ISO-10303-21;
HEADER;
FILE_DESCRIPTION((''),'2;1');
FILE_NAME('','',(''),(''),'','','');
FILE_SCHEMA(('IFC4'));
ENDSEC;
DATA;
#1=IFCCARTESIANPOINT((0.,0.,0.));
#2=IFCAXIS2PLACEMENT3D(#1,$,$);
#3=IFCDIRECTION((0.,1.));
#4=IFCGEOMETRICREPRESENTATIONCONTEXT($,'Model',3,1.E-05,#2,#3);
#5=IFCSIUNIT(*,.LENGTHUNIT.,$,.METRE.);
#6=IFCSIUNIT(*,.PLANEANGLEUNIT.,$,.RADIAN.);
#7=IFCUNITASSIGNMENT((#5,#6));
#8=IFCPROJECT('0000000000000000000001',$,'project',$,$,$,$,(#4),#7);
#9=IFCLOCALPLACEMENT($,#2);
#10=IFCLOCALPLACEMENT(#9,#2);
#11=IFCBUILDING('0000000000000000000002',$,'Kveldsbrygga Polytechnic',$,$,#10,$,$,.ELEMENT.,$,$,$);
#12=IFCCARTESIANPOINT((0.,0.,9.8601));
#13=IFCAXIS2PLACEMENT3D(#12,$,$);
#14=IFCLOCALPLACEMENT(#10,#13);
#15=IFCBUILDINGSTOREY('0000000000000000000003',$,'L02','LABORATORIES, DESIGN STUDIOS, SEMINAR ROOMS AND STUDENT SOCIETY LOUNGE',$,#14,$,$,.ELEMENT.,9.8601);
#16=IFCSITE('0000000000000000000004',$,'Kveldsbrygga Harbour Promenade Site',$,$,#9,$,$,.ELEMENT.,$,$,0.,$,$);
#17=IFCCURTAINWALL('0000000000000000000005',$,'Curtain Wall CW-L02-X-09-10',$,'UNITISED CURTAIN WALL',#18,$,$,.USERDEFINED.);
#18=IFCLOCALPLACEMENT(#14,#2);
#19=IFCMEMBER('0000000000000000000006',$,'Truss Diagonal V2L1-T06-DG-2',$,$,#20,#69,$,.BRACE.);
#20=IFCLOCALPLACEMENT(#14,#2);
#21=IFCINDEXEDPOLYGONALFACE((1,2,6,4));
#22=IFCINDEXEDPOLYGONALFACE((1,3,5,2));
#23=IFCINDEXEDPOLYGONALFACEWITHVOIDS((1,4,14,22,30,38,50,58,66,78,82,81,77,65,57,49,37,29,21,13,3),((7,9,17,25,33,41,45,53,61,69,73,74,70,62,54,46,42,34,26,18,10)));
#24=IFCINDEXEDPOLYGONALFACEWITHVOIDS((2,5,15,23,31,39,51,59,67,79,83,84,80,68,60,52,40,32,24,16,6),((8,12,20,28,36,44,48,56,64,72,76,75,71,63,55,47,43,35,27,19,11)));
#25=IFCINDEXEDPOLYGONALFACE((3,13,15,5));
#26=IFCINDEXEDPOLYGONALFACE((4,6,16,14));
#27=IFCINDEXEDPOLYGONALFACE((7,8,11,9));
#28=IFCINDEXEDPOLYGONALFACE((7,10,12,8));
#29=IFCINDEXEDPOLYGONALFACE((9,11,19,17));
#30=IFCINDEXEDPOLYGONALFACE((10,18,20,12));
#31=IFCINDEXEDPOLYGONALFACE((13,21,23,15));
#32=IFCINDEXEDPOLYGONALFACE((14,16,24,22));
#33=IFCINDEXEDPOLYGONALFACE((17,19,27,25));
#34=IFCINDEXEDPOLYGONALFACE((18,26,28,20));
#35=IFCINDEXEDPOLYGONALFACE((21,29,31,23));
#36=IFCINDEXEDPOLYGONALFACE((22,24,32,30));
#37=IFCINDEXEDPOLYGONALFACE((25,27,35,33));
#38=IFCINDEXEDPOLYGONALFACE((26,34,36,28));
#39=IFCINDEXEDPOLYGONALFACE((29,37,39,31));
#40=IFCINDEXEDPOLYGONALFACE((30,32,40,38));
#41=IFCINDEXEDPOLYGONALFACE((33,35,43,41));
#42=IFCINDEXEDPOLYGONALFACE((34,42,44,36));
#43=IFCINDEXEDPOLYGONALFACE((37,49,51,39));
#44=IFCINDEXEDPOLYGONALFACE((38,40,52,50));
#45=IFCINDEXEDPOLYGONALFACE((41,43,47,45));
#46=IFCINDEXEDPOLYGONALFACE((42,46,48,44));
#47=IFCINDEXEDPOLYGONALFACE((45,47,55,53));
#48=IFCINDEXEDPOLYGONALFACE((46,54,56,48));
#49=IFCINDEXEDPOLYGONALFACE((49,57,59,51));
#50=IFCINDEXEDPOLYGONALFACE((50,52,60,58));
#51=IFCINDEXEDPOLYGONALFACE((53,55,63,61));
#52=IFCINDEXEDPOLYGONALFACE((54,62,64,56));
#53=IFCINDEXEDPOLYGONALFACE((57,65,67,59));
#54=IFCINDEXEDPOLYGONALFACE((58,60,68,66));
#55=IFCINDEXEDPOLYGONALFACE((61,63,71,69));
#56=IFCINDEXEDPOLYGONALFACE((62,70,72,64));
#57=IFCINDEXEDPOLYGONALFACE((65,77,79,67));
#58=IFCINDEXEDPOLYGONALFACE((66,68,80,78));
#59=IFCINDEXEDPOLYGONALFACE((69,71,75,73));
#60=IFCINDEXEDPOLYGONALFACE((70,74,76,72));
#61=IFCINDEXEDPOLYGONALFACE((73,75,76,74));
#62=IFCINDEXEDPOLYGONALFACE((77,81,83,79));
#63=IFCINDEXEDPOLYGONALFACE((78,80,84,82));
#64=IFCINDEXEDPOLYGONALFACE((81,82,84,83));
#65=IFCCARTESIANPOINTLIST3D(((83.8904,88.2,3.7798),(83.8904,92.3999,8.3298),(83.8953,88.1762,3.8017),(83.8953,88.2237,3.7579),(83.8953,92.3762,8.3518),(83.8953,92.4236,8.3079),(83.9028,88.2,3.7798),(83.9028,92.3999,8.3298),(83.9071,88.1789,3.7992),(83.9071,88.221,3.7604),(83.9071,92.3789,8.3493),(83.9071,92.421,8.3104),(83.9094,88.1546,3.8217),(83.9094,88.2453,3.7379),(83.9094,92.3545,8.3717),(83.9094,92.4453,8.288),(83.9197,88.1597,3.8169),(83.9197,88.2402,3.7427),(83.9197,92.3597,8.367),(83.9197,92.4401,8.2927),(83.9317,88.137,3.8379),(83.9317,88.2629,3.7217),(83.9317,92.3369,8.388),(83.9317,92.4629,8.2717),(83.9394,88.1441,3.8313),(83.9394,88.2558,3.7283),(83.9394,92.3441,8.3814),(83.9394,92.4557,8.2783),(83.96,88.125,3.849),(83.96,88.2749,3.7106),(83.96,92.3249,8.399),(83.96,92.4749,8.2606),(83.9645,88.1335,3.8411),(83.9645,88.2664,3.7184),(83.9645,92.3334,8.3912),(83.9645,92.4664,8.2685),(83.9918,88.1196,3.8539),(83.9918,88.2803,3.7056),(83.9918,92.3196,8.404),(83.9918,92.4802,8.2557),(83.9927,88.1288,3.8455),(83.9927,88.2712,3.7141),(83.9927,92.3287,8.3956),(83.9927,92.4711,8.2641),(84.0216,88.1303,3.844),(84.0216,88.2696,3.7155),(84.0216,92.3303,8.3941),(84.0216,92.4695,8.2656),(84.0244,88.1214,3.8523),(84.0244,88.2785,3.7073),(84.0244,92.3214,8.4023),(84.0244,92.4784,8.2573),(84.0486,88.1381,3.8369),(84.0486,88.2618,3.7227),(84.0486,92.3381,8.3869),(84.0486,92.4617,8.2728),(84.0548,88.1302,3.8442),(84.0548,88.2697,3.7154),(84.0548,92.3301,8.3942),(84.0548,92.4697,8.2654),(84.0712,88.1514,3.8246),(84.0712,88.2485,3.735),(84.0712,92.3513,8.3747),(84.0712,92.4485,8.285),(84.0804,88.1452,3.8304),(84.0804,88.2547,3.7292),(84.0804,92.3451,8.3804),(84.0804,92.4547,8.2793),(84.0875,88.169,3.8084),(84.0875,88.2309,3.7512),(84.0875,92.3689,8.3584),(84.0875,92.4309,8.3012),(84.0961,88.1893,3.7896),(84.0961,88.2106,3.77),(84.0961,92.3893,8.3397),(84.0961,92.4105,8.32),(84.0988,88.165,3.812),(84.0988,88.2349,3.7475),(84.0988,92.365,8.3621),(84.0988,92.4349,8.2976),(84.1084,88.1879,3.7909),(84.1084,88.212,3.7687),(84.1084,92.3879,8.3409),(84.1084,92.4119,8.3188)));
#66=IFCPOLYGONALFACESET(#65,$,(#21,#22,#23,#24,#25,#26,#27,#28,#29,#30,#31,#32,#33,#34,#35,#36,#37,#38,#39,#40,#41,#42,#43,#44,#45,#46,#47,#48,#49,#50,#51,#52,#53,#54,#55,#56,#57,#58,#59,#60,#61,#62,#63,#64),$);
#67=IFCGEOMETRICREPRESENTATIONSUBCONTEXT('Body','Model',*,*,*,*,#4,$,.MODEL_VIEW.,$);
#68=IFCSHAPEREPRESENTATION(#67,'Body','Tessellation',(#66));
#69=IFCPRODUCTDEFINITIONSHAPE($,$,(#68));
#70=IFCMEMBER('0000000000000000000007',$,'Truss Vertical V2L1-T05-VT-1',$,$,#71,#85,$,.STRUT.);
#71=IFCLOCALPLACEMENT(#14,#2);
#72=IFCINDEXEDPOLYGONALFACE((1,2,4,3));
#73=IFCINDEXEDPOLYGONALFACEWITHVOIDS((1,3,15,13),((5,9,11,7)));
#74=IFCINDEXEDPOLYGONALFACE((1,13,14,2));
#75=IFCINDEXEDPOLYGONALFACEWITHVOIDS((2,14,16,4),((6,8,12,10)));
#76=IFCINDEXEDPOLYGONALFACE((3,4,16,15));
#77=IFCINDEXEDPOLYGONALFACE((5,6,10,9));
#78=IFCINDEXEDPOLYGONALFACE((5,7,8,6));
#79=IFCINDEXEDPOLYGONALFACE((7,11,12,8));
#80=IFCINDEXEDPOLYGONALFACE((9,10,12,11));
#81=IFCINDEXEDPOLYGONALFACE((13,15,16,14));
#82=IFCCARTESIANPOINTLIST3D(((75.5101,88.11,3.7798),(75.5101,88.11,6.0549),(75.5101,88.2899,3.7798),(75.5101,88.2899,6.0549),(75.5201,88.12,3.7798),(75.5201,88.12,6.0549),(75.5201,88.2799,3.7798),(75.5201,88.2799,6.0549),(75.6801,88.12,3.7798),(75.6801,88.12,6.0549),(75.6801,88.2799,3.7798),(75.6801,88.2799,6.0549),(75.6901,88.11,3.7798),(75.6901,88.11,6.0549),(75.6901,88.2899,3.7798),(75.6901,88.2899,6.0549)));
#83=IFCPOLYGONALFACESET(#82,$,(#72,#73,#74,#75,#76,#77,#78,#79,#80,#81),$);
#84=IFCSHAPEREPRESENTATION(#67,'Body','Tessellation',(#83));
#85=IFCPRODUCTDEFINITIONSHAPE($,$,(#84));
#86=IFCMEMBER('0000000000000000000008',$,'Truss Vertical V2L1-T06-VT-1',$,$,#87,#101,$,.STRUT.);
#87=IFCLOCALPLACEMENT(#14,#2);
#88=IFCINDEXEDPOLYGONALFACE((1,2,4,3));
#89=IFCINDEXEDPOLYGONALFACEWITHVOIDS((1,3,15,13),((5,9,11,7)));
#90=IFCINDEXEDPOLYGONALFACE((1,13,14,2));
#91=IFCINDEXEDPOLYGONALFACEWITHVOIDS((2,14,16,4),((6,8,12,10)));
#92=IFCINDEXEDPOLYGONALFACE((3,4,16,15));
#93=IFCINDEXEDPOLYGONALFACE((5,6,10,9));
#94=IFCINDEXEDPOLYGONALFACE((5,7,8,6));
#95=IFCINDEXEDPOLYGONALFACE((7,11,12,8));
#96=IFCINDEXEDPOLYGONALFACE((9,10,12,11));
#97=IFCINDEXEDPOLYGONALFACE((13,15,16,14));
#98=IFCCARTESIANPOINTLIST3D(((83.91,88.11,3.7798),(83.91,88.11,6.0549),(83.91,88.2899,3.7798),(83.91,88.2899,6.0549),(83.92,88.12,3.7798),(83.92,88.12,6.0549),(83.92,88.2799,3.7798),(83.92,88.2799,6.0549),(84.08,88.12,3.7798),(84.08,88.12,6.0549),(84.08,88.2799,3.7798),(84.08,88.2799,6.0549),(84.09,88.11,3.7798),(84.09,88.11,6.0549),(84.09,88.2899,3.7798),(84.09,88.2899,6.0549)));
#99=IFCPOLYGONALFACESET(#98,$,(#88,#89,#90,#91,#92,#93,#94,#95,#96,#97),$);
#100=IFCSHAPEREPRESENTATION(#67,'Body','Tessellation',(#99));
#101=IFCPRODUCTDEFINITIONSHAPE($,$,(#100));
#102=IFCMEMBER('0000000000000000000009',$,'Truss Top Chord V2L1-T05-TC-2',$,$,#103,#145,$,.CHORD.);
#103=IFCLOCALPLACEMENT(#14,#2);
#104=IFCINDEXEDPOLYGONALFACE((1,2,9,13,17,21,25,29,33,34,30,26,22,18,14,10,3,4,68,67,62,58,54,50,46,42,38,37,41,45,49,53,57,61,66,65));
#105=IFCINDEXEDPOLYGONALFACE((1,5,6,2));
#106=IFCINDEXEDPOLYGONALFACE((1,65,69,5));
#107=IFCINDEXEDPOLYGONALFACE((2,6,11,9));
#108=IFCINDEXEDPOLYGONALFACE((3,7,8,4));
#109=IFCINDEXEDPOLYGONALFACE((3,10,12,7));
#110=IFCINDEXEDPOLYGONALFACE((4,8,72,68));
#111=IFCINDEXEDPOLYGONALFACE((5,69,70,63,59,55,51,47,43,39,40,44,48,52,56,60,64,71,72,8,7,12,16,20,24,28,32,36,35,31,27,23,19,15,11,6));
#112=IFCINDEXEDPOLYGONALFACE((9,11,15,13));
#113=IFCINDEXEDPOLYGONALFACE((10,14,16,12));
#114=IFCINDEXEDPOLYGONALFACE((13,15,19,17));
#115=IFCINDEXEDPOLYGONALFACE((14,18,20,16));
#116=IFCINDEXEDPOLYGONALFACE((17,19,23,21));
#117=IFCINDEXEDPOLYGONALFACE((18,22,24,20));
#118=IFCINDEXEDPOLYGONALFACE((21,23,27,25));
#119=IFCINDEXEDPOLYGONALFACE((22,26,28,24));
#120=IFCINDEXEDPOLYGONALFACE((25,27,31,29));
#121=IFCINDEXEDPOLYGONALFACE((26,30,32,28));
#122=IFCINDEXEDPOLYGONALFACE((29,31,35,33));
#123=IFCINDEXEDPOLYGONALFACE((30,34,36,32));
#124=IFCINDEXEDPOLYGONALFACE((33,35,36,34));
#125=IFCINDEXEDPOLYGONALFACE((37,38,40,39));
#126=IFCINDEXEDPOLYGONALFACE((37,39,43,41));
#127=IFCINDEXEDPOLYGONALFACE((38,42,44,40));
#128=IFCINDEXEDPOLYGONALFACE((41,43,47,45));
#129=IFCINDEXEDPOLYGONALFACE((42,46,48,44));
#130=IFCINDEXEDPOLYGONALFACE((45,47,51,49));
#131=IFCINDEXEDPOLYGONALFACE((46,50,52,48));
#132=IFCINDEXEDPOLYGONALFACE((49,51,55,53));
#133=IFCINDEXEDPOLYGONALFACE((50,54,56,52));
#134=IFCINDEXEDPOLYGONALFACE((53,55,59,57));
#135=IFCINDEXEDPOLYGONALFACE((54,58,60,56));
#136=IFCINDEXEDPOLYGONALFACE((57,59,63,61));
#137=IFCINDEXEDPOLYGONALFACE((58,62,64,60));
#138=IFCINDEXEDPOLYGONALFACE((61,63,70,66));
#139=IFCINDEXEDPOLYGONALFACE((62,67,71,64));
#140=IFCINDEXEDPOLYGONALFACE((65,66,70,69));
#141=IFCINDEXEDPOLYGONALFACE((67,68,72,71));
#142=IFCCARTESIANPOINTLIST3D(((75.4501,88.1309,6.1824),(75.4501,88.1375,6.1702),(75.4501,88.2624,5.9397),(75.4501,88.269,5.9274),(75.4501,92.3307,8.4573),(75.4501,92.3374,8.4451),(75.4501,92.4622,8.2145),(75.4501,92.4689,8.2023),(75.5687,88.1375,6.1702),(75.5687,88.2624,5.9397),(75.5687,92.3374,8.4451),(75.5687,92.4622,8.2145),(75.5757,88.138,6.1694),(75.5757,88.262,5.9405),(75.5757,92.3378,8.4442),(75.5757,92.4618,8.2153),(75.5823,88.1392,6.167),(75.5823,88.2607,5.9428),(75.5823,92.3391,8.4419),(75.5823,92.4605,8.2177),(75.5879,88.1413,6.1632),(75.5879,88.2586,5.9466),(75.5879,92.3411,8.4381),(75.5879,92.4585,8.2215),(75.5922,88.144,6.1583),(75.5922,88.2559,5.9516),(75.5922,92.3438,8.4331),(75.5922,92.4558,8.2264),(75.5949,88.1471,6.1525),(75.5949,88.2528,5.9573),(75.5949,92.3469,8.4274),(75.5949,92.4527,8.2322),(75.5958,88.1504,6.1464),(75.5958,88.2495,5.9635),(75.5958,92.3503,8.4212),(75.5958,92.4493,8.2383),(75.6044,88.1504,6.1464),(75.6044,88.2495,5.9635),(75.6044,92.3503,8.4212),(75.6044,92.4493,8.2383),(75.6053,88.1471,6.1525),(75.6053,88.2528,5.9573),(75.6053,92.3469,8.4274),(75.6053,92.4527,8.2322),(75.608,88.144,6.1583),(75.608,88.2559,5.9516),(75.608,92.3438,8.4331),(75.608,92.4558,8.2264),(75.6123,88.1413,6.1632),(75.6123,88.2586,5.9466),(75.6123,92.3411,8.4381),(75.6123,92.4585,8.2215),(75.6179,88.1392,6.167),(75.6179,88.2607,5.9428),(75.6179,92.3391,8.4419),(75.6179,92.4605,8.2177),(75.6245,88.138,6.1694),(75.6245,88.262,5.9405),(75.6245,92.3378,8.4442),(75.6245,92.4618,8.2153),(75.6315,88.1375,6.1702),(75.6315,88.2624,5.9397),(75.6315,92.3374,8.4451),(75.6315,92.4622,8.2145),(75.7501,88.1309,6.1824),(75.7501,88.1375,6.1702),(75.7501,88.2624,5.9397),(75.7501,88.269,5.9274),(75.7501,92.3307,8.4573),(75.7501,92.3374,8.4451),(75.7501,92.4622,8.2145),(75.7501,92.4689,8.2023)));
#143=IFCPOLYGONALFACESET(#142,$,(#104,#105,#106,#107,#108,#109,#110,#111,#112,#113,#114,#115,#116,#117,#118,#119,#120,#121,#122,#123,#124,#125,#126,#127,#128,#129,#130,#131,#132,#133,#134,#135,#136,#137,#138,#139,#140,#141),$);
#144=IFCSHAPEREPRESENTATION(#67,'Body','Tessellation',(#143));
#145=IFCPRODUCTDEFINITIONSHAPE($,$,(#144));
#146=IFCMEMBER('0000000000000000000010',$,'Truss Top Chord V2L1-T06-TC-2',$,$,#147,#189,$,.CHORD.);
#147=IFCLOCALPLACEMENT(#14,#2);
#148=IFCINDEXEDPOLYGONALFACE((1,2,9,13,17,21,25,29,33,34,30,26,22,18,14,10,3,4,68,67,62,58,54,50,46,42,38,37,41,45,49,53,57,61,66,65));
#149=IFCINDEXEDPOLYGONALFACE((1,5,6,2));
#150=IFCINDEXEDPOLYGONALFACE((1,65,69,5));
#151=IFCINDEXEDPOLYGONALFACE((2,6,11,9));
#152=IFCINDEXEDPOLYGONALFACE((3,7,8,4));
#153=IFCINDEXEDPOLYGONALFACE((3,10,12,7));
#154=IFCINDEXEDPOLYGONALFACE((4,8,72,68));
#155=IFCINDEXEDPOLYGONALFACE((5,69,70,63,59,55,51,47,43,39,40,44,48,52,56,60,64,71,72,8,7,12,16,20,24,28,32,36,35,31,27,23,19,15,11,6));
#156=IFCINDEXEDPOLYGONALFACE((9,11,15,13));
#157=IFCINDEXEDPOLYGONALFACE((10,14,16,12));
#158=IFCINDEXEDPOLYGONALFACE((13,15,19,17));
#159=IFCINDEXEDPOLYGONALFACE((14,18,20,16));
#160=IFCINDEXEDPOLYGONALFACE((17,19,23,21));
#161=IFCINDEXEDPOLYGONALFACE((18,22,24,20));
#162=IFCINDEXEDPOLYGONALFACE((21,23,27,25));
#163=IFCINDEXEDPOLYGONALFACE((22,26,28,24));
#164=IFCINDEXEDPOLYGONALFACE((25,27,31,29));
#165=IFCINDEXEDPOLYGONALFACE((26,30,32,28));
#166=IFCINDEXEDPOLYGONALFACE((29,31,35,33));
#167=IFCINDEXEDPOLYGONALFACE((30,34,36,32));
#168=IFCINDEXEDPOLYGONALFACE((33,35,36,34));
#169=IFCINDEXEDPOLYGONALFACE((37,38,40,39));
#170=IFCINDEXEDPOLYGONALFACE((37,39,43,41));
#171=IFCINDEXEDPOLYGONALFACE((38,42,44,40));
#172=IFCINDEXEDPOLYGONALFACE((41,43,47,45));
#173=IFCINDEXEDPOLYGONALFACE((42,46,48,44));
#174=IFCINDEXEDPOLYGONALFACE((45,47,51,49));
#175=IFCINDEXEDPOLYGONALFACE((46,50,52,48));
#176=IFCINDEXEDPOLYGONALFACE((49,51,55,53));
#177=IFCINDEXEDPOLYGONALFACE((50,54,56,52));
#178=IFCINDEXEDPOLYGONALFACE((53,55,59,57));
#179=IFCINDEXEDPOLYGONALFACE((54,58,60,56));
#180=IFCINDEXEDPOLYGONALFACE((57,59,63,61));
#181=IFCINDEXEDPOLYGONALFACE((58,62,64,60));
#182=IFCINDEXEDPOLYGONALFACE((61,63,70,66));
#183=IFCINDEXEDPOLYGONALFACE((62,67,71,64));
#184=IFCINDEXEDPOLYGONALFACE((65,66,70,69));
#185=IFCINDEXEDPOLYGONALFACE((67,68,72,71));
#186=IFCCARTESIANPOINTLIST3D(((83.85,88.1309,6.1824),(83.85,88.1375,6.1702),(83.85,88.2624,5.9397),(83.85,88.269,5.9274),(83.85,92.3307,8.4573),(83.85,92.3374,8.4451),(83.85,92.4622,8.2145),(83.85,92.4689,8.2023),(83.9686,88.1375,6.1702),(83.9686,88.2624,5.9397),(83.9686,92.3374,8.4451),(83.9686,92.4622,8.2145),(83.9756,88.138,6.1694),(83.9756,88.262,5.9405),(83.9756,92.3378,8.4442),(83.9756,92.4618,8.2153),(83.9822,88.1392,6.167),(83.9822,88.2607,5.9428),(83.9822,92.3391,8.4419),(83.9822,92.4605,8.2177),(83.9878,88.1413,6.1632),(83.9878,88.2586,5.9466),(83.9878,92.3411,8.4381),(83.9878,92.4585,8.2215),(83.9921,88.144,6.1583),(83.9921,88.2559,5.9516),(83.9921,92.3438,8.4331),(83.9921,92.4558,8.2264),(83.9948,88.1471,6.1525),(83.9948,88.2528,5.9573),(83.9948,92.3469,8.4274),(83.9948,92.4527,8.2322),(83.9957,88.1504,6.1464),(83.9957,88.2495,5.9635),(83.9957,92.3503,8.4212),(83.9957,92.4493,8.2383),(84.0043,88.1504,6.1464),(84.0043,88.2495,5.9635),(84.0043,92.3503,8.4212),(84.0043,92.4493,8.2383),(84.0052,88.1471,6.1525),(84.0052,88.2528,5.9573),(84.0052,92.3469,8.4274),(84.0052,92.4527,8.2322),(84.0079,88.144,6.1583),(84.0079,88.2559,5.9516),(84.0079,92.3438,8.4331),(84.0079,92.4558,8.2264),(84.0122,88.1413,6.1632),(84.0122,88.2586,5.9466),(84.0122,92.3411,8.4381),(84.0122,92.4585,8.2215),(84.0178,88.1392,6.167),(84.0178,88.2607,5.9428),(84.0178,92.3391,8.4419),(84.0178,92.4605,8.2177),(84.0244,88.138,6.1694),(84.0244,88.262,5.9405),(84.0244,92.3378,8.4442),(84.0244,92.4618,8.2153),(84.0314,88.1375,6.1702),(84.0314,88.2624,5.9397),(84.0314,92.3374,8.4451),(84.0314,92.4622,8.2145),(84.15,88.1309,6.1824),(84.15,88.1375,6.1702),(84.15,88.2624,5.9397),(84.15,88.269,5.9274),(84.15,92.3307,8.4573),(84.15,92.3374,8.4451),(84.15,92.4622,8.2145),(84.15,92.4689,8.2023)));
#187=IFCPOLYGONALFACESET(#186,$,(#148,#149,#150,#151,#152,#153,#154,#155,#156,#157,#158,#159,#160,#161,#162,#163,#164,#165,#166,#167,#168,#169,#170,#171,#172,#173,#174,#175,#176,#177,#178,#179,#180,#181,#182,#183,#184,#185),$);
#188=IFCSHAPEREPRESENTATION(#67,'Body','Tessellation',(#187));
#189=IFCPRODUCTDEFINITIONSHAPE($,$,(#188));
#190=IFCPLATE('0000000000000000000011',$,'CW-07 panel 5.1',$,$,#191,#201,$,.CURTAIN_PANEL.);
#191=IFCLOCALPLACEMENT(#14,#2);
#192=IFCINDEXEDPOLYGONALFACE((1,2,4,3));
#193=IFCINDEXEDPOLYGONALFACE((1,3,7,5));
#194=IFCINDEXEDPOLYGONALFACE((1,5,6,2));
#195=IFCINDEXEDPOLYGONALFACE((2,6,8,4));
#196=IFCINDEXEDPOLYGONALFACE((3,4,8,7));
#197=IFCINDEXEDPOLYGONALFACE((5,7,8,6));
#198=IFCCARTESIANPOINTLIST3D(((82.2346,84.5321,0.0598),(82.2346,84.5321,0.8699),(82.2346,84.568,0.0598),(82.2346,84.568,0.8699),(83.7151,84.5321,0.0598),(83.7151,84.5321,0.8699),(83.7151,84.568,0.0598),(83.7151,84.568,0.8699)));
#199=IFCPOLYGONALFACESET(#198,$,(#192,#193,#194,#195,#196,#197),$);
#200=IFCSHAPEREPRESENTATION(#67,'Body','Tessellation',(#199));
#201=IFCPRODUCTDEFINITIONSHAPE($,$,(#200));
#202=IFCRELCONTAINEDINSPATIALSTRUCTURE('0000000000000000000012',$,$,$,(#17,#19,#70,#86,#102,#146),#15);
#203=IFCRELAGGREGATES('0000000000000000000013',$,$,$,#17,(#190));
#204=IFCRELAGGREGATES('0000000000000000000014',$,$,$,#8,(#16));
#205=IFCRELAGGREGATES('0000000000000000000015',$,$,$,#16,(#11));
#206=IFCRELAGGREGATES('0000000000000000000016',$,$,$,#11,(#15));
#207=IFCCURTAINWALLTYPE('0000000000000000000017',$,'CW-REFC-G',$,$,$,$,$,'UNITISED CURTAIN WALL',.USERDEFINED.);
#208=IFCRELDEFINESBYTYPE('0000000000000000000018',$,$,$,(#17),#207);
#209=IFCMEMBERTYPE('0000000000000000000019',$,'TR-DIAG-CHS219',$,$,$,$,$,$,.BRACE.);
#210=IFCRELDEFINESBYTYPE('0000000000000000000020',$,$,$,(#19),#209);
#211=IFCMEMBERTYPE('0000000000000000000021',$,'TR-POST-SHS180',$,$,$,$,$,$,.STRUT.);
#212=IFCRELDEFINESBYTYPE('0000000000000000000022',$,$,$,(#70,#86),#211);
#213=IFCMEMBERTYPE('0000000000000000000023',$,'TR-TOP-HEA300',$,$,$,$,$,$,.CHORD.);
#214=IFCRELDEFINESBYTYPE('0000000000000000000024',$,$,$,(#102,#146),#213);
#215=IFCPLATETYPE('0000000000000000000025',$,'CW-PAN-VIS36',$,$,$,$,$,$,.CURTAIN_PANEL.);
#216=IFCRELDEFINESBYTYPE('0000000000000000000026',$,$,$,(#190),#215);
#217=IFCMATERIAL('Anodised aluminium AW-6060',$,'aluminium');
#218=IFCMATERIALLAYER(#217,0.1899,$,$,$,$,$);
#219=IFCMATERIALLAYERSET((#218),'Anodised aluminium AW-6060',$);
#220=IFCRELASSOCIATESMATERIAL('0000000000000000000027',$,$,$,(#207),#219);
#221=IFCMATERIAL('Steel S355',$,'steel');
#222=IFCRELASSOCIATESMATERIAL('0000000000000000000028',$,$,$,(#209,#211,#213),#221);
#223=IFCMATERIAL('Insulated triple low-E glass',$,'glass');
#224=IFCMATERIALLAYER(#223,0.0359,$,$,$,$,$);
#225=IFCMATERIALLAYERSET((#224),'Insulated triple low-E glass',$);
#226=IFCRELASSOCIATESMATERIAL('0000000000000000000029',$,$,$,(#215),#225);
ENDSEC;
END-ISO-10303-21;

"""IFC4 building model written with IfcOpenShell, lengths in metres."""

from ifc_helpers import new_model, si_unit, direction, frame, origin, origin_2d, place, context, subcontext, project, spatial, rectangle, hollow_rectangle, hollow_circle, i_section, extrude, material, layer, layer_set, material_profile, profile_set, type_object, element, aggregate, save


model = new_model("IFC4")

# Units and contexts
model_context = context("Model", 3, precision=1e-05, world=origin(), true_north=direction((0.0, 1.0)))
body_context = subcontext(model_context, "Body", "Model", "MODEL_VIEW")
ifc_project = project(units=[si_unit("LENGTHUNIT", "METRE"), si_unit("PLANEANGLEUNIT", "RADIAN")], contexts=[model_context])

# Site, building, storey
site_placement = place(None, origin())
site = spatial("IfcSite", under=ifc_project, at=site_placement, Name="Kveldsbrygga Harbour Promenade Site", CompositionType="ELEMENT", RefElevation=0.0)
building_placement = place(site_placement, origin())
building = spatial("IfcBuilding", under=site, at=building_placement, Name="Kveldsbrygga Polytechnic", CompositionType="ELEMENT")
storey_placement = place(building_placement, frame((0.0, 0.0, 9.8601)))
storey = spatial("IfcBuildingStorey", under=building, at=storey_placement, Name="L02", Description="LABORATORIES, DESIGN STUDIOS, SEMINAR ROOMS AND STUDENT SOCIETY LOUNGE", CompositionType="ELEMENT", Elevation=9.8601)

# Curtain wall
ifc_material_1 = material(Name="Anodised aluminium AW-6060", Category="aluminium")
ifc_layer_1 = layer(ifc_material_1, 0.1899)
ifc_layer_set_1 = layer_set([ifc_layer_1], Name="Anodised aluminium AW-6060")
curtain_wall_type = type_object("IfcCurtainWallType", Name="CW-REFC-G", ElementType="UNITISED CURTAIN WALL", PredefinedType="USERDEFINED", material=ifc_layer_set_1)
curtain_wall_placement = place(storey_placement, origin())
curtain_wall = element("IfcCurtainWall", 1, at=curtain_wall_placement, inside=storey, type_object=curtain_wall_type, Name="Curtain Wall CW-L02-X-09-10", ObjectType="UNITISED CURTAIN WALL", PredefinedType="USERDEFINED")

# Members
ifc_material_2 = material(Name="Steel S355", Category="steel")
ifc_material_profile_1 = material_profile(ifc_material_2, hollow_circle(Radius=0.1096, WallThickness=0.0125, at=origin_2d()), Name="CHS 219.1x12.5")
ifc_profile_set_1 = profile_set([ifc_material_profile_1], Name="Steel S355")
member_type_1 = type_object("IfcMemberType", Name="TR-DIAG-CHS219", PredefinedType="BRACE", material=ifc_profile_set_1)
for number, where, z_axis, x_axis, name in (
    (2, (84.0, 88.2, 3.7798), (0.0, 0.678272, 0.734811), (-1.0, 0.0, 0.0), "Truss Diagonal V2L1-T06-DG-2"),
):
    element("IfcMember", number, at=place(storey_placement, frame(where, z_axis=z_axis, x_axis=x_axis)), inside=storey, type_object=member_type_1, Name=name, PredefinedType="BRACE", context=body_context, shape_type="SweptSolid", body=[
        extrude(hollow_circle(Radius=0.1096, WallThickness=0.0125, at=origin_2d()), origin(), (0.0, 0.0, 1.0), 6.1921),
    ])
ifc_material_profile_2 = material_profile(ifc_material_2, hollow_rectangle(XDim=0.1799, YDim=0.1799, WallThickness=0.01, at=origin_2d()), Name="SHS 180x180x10.0")
ifc_profile_set_2 = profile_set([ifc_material_profile_2], Name="Steel S355")
member_type_2 = type_object("IfcMemberType", Name="TR-POST-SHS180", PredefinedType="STRUT", material=ifc_profile_set_2)
for number, where, z_axis, x_axis, name in (
    (3, (75.6001, 88.2, 3.7798), (0.0, 0.0, 1.0), (1.0, 0.0, 0.0), "Truss Vertical V2L1-T05-VT-1"),
    (4, (84.0, 88.2, 3.7798), (0.0, 0.0, 1.0), (1.0, 0.0, 0.0), "Truss Vertical V2L1-T06-VT-1"),
):
    element("IfcMember", number, at=place(storey_placement, frame(where, z_axis=z_axis, x_axis=x_axis)), inside=storey, type_object=member_type_2, Name=name, PredefinedType="STRUT", context=body_context, shape_type="SweptSolid", body=[
        extrude(hollow_rectangle(XDim=0.1799, YDim=0.1799, WallThickness=0.01, at=origin_2d()), origin(), (0.0, 0.0, 1.0), 2.2751),
    ])
ifc_material_profile_3 = material_profile(ifc_material_2, i_section(OverallWidth=0.3, OverallDepth=0.29, WebThickness=0.0085, FlangeThickness=0.0139, FilletRadius=0.0271, at=origin_2d()), Name="HEA 300")
ifc_profile_set_3 = profile_set([ifc_material_profile_3], Name="Steel S355")
member_type_3 = type_object("IfcMemberType", Name="TR-TOP-HEA300", PredefinedType="CHORD", material=ifc_profile_set_3)
for number, where, z_axis, x_axis, name in (
    (5, (75.6001, 88.2, 6.0549), (0.0, 0.879298, 0.476272), (-1.0, 0.0, 0.0), "Truss Top Chord V2L1-T05-TC-2"),
    (6, (84.0, 88.2, 6.0549), (0.0, 0.879298, 0.476272), (-1.0, 0.0, 0.0), "Truss Top Chord V2L1-T06-TC-2"),
):
    element("IfcMember", number, at=place(storey_placement, frame(where, z_axis=z_axis, x_axis=x_axis)), inside=storey, type_object=member_type_3, Name=name, PredefinedType="CHORD", context=body_context, shape_type="SweptSolid", body=[
        extrude(i_section(OverallWidth=0.3, OverallDepth=0.29, WebThickness=0.0085, FlangeThickness=0.0139, FilletRadius=0.0271, at=origin_2d()), origin(), (0.0, 0.0, 1.0), 4.7764),
    ])

# Plate
ifc_material_3 = material(Name="Insulated triple low-E glass", Category="glass")
ifc_layer_2 = layer(ifc_material_3, 0.0359)
ifc_layer_set_2 = layer_set([ifc_layer_2], Name="Insulated triple low-E glass")
plate_type_1 = type_object("IfcPlateType", Name="CW-PAN-VIS36", PredefinedType="CURTAIN_PANEL", material=ifc_layer_set_2)
plate_1_placement = place(storey_placement, frame((82.9749, 84.55, 0.0598), z_axis=(0.0, 0.0, 1.0), x_axis=(1.0, 0.0, 0.0)))
plate_1 = element("IfcPlate", 7, at=plate_1_placement, type_object=plate_type_1, Name="CW-07 panel 5.1", PredefinedType="CURTAIN_PANEL", context=body_context, shape_type="SweptSolid", body=[
    extrude(rectangle(XDim=1.4805, YDim=0.0359, at=origin_2d()), origin(), (0.0, 0.0, 1.0), 0.8101),
])
aggregate(curtain_wall, [plate_1])

save(model, "model.ifc")
